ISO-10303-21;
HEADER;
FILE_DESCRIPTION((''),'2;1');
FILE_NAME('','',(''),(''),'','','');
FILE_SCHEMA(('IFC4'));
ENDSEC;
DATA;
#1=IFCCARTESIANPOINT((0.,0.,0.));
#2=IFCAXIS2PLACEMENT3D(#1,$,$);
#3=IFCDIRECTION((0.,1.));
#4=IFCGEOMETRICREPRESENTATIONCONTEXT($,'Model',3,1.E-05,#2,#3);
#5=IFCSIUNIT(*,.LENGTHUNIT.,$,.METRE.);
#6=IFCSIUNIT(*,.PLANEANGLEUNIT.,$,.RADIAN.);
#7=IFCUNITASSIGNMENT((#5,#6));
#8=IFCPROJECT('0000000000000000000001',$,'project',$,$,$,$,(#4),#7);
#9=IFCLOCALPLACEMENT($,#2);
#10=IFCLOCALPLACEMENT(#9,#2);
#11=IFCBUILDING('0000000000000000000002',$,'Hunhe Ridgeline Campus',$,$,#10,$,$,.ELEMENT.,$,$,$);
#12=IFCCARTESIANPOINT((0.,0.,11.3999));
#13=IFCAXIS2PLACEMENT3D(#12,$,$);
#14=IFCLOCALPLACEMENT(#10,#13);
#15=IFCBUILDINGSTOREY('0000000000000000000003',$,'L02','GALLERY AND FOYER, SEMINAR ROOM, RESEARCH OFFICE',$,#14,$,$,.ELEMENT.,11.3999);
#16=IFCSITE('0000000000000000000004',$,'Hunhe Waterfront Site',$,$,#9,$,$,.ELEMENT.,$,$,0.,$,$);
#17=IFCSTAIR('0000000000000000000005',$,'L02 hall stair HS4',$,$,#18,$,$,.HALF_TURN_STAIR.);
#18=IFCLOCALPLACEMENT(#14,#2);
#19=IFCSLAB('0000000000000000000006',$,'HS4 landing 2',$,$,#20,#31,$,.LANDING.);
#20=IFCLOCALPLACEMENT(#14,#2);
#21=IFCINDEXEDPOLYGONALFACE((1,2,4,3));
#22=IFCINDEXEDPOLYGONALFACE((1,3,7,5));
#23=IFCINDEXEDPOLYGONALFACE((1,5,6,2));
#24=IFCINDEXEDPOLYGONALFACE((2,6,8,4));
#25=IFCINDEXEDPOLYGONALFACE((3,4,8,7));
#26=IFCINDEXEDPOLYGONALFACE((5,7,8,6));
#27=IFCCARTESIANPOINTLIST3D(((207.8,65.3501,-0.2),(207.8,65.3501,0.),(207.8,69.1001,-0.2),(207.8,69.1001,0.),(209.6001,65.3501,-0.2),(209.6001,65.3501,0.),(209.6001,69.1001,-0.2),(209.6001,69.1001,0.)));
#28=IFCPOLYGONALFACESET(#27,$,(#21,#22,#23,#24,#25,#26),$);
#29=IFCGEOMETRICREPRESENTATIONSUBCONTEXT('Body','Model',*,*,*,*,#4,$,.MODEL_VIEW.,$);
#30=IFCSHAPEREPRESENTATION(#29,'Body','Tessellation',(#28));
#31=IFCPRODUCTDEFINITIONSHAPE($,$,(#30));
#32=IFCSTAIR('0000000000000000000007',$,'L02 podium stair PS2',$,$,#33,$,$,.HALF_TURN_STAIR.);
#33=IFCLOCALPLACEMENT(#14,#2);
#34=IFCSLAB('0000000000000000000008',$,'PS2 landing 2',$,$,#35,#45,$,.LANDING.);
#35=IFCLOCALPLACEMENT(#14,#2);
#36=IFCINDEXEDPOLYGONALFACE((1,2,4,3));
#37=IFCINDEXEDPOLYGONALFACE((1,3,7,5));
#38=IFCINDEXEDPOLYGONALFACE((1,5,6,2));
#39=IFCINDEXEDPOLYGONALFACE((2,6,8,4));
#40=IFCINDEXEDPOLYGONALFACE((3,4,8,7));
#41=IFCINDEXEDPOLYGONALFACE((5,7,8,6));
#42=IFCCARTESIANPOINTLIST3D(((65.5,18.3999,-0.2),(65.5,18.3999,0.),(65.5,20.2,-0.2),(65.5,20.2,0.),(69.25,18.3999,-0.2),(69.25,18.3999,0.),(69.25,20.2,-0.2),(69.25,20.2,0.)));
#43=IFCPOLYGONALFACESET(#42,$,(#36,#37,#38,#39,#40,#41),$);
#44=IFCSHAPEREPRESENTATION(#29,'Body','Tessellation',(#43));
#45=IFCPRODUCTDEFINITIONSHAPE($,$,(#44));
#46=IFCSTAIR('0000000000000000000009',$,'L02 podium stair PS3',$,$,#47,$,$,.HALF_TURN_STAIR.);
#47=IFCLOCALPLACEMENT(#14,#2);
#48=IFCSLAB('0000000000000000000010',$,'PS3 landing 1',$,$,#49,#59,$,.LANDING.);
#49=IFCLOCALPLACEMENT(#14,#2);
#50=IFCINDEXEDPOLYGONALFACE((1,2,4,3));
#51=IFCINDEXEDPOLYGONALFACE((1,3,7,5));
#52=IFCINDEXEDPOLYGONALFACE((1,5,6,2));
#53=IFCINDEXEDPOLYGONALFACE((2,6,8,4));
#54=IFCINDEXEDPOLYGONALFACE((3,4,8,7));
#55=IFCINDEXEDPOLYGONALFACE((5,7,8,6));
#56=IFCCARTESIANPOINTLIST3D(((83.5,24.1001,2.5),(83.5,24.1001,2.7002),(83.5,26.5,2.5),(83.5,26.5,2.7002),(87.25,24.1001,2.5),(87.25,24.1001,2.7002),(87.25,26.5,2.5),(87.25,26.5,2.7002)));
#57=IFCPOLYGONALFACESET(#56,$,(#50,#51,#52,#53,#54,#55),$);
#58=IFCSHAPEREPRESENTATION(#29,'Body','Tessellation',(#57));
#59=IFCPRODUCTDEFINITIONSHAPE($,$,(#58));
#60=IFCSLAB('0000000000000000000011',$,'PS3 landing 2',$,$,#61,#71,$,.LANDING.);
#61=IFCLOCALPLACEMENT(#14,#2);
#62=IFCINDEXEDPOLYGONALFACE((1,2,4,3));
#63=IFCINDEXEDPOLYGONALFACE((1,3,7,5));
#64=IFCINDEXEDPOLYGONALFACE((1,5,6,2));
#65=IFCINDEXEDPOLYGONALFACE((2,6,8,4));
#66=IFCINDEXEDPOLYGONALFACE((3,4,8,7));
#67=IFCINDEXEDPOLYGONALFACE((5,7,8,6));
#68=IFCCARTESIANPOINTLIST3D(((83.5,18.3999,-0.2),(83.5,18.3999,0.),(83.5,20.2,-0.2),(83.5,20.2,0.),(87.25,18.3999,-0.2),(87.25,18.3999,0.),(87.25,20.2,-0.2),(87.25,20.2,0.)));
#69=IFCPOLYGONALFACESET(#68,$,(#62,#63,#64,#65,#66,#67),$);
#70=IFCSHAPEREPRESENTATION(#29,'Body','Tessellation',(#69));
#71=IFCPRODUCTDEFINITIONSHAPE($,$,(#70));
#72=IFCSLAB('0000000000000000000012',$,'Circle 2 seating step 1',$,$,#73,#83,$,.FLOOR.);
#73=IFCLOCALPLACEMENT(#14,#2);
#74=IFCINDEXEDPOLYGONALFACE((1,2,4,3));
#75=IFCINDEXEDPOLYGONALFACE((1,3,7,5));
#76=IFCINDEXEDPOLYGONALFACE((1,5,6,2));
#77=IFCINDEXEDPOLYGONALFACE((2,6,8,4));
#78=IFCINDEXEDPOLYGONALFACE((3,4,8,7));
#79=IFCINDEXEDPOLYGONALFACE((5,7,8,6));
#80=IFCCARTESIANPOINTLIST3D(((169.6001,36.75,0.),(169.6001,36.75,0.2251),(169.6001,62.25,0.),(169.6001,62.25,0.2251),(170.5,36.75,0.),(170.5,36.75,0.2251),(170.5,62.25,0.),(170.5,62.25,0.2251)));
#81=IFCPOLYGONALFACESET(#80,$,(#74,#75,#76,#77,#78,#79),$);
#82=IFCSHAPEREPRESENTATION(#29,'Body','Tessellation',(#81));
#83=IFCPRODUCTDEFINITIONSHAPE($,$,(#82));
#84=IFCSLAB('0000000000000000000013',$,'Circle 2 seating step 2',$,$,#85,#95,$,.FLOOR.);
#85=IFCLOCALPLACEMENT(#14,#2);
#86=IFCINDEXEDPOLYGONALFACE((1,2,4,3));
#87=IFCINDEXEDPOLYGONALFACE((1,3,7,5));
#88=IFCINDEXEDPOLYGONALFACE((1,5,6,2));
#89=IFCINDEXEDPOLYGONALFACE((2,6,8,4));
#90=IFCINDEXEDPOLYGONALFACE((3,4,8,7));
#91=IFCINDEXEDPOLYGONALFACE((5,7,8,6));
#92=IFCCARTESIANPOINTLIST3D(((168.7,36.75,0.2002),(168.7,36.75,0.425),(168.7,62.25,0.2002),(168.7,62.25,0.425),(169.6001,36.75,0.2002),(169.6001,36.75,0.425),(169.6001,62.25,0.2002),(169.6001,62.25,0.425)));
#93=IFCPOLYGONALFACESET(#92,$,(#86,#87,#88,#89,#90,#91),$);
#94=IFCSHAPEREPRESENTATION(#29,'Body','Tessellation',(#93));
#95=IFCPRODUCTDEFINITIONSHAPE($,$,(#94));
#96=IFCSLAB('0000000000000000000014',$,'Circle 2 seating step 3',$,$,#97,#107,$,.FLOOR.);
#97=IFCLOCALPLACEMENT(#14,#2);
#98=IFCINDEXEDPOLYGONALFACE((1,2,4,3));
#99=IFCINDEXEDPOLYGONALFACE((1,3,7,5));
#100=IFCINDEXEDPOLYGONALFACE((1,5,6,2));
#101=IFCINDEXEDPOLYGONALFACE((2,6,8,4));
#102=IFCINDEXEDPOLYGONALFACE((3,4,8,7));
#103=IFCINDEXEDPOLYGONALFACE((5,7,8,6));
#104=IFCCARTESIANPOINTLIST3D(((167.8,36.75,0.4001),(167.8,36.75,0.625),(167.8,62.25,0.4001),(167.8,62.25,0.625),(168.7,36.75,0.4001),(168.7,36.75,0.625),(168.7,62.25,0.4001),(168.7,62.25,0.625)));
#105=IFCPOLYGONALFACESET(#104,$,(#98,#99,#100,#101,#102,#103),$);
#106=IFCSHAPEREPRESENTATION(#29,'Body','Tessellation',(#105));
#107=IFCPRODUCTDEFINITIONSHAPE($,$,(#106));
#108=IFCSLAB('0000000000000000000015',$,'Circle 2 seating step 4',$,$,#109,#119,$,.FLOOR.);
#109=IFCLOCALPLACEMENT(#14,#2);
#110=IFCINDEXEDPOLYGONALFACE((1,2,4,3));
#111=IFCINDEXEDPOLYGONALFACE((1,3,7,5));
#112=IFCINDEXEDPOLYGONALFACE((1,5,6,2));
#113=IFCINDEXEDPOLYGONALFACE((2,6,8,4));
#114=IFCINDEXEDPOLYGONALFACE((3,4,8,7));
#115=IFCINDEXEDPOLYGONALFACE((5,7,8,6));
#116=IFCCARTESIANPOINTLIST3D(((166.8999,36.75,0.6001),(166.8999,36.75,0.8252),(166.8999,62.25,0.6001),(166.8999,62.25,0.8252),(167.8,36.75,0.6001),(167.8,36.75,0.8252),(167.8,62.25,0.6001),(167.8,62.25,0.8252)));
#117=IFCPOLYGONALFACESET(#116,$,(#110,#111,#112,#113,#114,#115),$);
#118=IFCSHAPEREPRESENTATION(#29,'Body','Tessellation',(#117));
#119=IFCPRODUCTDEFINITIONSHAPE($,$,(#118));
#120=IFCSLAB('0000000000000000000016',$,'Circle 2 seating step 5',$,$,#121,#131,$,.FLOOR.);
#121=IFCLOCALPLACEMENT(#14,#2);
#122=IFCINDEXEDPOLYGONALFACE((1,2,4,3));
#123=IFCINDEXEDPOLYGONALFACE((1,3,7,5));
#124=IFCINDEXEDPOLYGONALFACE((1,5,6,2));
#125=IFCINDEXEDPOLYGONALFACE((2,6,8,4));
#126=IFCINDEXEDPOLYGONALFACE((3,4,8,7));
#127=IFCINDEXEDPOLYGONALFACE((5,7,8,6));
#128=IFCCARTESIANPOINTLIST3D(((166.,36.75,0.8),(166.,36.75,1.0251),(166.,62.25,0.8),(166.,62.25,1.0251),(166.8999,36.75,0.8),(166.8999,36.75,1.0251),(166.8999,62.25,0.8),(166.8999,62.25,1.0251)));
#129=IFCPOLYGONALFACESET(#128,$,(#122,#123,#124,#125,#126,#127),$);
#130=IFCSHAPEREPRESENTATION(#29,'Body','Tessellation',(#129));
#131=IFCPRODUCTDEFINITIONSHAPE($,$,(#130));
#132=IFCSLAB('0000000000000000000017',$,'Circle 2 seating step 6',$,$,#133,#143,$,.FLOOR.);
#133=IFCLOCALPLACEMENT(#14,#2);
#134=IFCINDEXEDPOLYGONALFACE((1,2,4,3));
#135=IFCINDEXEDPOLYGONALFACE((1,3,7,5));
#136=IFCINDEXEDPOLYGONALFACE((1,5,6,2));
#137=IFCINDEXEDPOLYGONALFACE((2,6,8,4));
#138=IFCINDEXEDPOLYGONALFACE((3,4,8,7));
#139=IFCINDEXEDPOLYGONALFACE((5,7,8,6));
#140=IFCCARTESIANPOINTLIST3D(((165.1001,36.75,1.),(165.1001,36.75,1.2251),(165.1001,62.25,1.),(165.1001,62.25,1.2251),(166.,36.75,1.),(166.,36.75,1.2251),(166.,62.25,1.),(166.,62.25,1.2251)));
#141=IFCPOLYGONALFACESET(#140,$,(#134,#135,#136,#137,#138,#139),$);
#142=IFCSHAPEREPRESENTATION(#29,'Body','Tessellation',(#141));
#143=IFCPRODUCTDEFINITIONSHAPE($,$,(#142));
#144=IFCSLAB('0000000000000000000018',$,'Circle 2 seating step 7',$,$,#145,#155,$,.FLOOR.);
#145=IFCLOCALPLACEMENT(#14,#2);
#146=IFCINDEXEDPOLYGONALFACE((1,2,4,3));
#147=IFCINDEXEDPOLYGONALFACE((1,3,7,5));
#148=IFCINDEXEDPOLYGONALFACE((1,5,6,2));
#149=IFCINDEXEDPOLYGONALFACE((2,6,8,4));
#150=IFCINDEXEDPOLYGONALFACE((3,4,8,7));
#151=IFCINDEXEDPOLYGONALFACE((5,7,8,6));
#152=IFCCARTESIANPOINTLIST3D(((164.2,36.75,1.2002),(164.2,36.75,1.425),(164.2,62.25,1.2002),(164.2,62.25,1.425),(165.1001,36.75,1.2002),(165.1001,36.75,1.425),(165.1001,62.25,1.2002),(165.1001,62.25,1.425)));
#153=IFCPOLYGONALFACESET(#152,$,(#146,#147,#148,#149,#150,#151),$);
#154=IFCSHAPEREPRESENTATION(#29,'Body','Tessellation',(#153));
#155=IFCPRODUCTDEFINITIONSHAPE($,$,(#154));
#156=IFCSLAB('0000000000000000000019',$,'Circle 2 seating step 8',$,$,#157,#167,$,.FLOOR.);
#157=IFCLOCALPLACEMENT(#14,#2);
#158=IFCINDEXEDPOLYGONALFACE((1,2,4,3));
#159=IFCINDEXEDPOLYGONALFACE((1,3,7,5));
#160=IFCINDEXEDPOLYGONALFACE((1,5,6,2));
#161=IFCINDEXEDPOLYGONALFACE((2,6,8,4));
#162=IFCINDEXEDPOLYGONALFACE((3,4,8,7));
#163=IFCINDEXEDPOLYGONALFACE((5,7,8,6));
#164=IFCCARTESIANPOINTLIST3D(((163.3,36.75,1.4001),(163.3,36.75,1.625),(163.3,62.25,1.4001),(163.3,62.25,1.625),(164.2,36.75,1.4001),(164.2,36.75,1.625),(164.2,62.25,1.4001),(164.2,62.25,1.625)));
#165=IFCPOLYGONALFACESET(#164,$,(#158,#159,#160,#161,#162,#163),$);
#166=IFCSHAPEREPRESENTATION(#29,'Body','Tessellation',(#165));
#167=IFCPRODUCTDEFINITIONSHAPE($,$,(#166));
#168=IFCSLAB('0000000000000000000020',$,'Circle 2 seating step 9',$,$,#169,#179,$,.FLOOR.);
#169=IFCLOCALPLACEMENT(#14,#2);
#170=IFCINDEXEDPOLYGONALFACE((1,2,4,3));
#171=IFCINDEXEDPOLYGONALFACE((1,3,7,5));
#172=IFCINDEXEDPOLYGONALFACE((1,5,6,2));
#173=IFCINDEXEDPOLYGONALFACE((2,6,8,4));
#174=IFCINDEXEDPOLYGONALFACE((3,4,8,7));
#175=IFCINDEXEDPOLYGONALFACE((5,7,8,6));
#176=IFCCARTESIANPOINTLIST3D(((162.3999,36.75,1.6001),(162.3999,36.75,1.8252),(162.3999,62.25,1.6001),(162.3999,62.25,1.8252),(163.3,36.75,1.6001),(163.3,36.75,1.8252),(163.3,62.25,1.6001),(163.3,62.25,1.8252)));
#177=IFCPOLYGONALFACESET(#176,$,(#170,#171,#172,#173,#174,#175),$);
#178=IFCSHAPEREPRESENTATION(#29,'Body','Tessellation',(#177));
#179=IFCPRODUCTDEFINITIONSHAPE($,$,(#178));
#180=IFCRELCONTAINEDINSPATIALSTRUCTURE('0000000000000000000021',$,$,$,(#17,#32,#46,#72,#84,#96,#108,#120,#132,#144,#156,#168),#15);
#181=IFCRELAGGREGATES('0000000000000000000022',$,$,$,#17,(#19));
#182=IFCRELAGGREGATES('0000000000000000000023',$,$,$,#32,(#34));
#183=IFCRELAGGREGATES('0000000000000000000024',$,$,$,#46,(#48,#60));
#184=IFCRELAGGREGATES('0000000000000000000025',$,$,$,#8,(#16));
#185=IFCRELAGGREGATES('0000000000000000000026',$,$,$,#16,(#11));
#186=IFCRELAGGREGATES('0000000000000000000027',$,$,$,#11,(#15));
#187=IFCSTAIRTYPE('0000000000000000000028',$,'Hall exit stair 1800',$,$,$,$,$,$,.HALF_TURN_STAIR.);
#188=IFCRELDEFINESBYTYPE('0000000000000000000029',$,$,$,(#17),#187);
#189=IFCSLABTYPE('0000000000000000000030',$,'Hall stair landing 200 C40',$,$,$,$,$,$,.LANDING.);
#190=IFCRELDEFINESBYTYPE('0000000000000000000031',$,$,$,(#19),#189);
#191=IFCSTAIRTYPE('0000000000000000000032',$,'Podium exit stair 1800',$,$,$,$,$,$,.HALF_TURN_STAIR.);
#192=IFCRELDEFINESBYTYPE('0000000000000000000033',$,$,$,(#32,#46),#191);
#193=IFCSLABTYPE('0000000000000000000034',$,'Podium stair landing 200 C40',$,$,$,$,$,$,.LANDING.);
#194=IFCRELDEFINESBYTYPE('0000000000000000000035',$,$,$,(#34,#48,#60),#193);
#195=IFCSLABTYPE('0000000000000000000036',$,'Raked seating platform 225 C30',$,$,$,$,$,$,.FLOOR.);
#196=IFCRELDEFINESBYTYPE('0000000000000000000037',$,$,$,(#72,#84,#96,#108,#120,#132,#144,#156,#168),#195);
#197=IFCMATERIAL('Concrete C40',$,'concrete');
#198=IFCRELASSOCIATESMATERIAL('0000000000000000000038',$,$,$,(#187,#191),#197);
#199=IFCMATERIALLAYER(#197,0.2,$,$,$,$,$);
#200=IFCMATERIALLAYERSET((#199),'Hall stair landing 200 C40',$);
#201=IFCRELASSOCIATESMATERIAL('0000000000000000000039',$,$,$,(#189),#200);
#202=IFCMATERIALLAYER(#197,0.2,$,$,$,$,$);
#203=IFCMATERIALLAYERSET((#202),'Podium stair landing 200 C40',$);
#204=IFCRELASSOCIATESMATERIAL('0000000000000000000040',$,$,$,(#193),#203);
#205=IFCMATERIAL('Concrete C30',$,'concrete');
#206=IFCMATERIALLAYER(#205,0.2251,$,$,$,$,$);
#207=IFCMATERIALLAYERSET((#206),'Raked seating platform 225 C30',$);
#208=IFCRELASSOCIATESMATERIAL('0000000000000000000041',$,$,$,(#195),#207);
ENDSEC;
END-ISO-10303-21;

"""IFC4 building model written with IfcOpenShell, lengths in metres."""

from ifc_helpers import new_model, si_unit, direction, frame, origin, place, context, subcontext, project, spatial, polyline, outline, extrude, material, layer, layer_set, type_object, element, aggregate, save


model = new_model("IFC4")

# Units and contexts
model_context = context("Model", 3, precision=1e-05, world=origin(), true_north=direction((0.0, 1.0)))
body_context = subcontext(model_context, "Body", "Model", "MODEL_VIEW")
ifc_project = project(units=[si_unit("LENGTHUNIT", "METRE"), si_unit("PLANEANGLEUNIT", "RADIAN")], contexts=[model_context])

# Site, building, storey
site_placement = place(None, origin())
site = spatial("IfcSite", under=ifc_project, at=site_placement, Name="Hunhe Waterfront Site", CompositionType="ELEMENT", RefElevation=0.0)
building_placement = place(site_placement, origin())
building = spatial("IfcBuilding", under=site, at=building_placement, Name="Hunhe Ridgeline Campus", CompositionType="ELEMENT")
storey_placement = place(building_placement, frame((0.0, 0.0, 11.3999)))
storey = spatial("IfcBuildingStorey", under=building, at=storey_placement, Name="L02", Description="GALLERY AND FOYER, SEMINAR ROOM, RESEARCH OFFICE", CompositionType="ELEMENT", Elevation=11.3999)

# Shared definitions
ifc_material_1 = material(Name="Concrete C40", Category="concrete")

# Stair, slab
stair_type_1 = type_object("IfcStairType", Name="Hall exit stair 1800", PredefinedType="HALF_TURN_STAIR", material=ifc_material_1)
ifc_layer_1 = layer(ifc_material_1, 0.2)
ifc_layer_set_1 = layer_set([ifc_layer_1], Name="Hall stair landing 200 C40")
slab_type_1 = type_object("IfcSlabType", Name="Hall stair landing 200 C40", PredefinedType="LANDING", material=ifc_layer_set_1)
stair_1_placement = place(storey_placement, origin())
stair_1 = element("IfcStair", 1, at=stair_1_placement, inside=storey, type_object=stair_type_1, Name="L02 hall stair HS4", PredefinedType="HALF_TURN_STAIR")
slab_1_placement = place(storey_placement, frame((0.0, 0.0, -0.2)))
slab_1 = element("IfcSlab", 2, at=slab_1_placement, type_object=slab_type_1, Name="HS4 landing 2", PredefinedType="LANDING", context=body_context, shape_type="SweptSolid", body=[
    extrude(outline(polyline([(209.6001, 69.1001), (207.8, 69.1001), (207.8, 65.3501), (209.6001, 65.3501), (209.6001, 69.1001)])), origin(), (0.0, 0.0, 1.0), 0.2),
])
aggregate(stair_1, [slab_1])

# Stair, slab
stair_type_2 = type_object("IfcStairType", Name="Podium exit stair 1800", PredefinedType="HALF_TURN_STAIR", material=ifc_material_1)
stair_2_placement = place(storey_placement, origin())
stair_2 = element("IfcStair", 3, at=stair_2_placement, inside=storey, type_object=stair_type_2, Name="L02 podium stair PS2", PredefinedType="HALF_TURN_STAIR")
ifc_layer_2 = layer(ifc_material_1, 0.2)
ifc_layer_set_2 = layer_set([ifc_layer_2], Name="Podium stair landing 200 C40")
slab_type_2 = type_object("IfcSlabType", Name="Podium stair landing 200 C40", PredefinedType="LANDING", material=ifc_layer_set_2)
slab_2_placement = place(storey_placement, frame((0.0, 0.0, -0.2)))
slab_2 = element("IfcSlab", 4, at=slab_2_placement, type_object=slab_type_2, Name="PS2 landing 2", PredefinedType="LANDING", context=body_context, shape_type="SweptSolid", body=[
    extrude(outline(polyline([(65.5, 18.3999), (69.25, 18.3999), (69.25, 20.2), (65.5, 20.2), (65.5, 18.3999)])), origin(), (0.0, 0.0, 1.0), 0.2),
])
aggregate(stair_2, [slab_2])

# Stair, slabs
stair_3_placement = place(storey_placement, origin())
stair_3 = element("IfcStair", 5, at=stair_3_placement, inside=storey, type_object=stair_type_2, Name="L02 podium stair PS3", PredefinedType="HALF_TURN_STAIR")
slab_3_placement = place(storey_placement, frame((0.0, 0.0, 2.5)))
slab_3 = element("IfcSlab", 6, at=slab_3_placement, type_object=slab_type_2, Name="PS3 landing 1", PredefinedType="LANDING", context=body_context, shape_type="SweptSolid", body=[
    extrude(outline(polyline([(87.25, 24.1001), (87.25, 26.5), (83.5, 26.5), (83.5, 24.1001), (87.25, 24.1001)])), origin(), (0.0, 0.0, 1.0), 0.2002),
])
slab_4_placement = place(storey_placement, frame((0.0, 0.0, -0.2)))
slab_4 = element("IfcSlab", 7, at=slab_4_placement, type_object=slab_type_2, Name="PS3 landing 2", PredefinedType="LANDING", context=body_context, shape_type="SweptSolid", body=[
    extrude(outline(polyline([(83.5, 18.3999), (87.25, 18.3999), (87.25, 20.2), (83.5, 20.2), (83.5, 18.3999)])), origin(), (0.0, 0.0, 1.0), 0.2),
])
aggregate(stair_3, [slab_3, slab_4])

# Slabs
ifc_material_2 = material(Name="Concrete C30", Category="concrete")
ifc_layer_3 = layer(ifc_material_2, 0.2251)
ifc_layer_set_3 = layer_set([ifc_layer_3], Name="Raked seating platform 225 C30")
slab_type_3 = type_object("IfcSlabType", Name="Raked seating platform 225 C30", PredefinedType="FLOOR", material=ifc_layer_set_3)
slab_5_placement = place(storey_placement, origin())
element("IfcSlab", 8, at=slab_5_placement, inside=storey, type_object=slab_type_3, Name="Circle 2 seating step 1", PredefinedType="FLOOR", context=body_context, shape_type="SweptSolid", body=[
    extrude(outline(polyline([(170.5, 36.75), (170.5, 62.25), (169.6001, 62.25), (169.6001, 36.75), (170.5, 36.75)])), origin(), (0.0, 0.0, 1.0), 0.2251),
])
slab_6_placement = place(storey_placement, frame((0.0, 0.0, 0.2002)))
element("IfcSlab", 9, at=slab_6_placement, inside=storey, type_object=slab_type_3, Name="Circle 2 seating step 2", PredefinedType="FLOOR", context=body_context, shape_type="SweptSolid", body=[
    extrude(outline(polyline([(169.6001, 36.75), (169.6001, 62.25), (168.7, 62.25), (168.7, 36.75), (169.6001, 36.75)])), origin(), (0.0, 0.0, 1.0), 0.2249),
])
slab_7_placement = place(storey_placement, frame((0.0, 0.0, 0.4001)))
element("IfcSlab", 10, at=slab_7_placement, inside=storey, type_object=slab_type_3, Name="Circle 2 seating step 3", PredefinedType="FLOOR", context=body_context, shape_type="SweptSolid", body=[
    extrude(outline(polyline([(168.7, 36.75), (168.7, 62.25), (167.8, 62.25), (167.8, 36.75), (168.7, 36.75)])), origin(), (0.0, 0.0, 1.0), 0.2249),
])
slab_8_placement = place(storey_placement, frame((0.0, 0.0, 0.6001)))
element("IfcSlab", 11, at=slab_8_placement, inside=storey, type_object=slab_type_3, Name="Circle 2 seating step 4", PredefinedType="FLOOR", context=body_context, shape_type="SweptSolid", body=[
    extrude(outline(polyline([(167.8, 36.75), (167.8, 62.25), (166.8999, 62.25), (166.8999, 36.75), (167.8, 36.75)])), origin(), (0.0, 0.0, 1.0), 0.2251),
])
slab_9_placement = place(storey_placement, frame((0.0, 0.0, 0.8)))
element("IfcSlab", 12, at=slab_9_placement, inside=storey, type_object=slab_type_3, Name="Circle 2 seating step 5", PredefinedType="FLOOR", context=body_context, shape_type="SweptSolid", body=[
    extrude(outline(polyline([(166.8999, 36.75), (166.8999, 62.25), (166.0, 62.25), (166.0, 36.75), (166.8999, 36.75)])), origin(), (0.0, 0.0, 1.0), 0.2251),
])
slab_10_placement = place(storey_placement, frame((0.0, 0.0, 1.0)))
element("IfcSlab", 13, at=slab_10_placement, inside=storey, type_object=slab_type_3, Name="Circle 2 seating step 6", PredefinedType="FLOOR", context=body_context, shape_type="SweptSolid", body=[
    extrude(outline(polyline([(166.0, 36.75), (166.0, 62.25), (165.1001, 62.25), (165.1001, 36.75), (166.0, 36.75)])), origin(), (0.0, 0.0, 1.0), 0.2251),
])
slab_11_placement = place(storey_placement, frame((0.0, 0.0, 1.2002)))
element("IfcSlab", 14, at=slab_11_placement, inside=storey, type_object=slab_type_3, Name="Circle 2 seating step 7", PredefinedType="FLOOR", context=body_context, shape_type="SweptSolid", body=[
    extrude(outline(polyline([(165.1001, 36.75), (165.1001, 62.25), (164.2, 62.25), (164.2, 36.75), (165.1001, 36.75)])), origin(), (0.0, 0.0, 1.0), 0.2249),
])
slab_12_placement = place(storey_placement, frame((0.0, 0.0, 1.4001)))
element("IfcSlab", 15, at=slab_12_placement, inside=storey, type_object=slab_type_3, Name="Circle 2 seating step 8", PredefinedType="FLOOR", context=body_context, shape_type="SweptSolid", body=[
    extrude(outline(polyline([(164.2, 36.75), (164.2, 62.25), (163.3, 62.25), (163.3, 36.75), (164.2, 36.75)])), origin(), (0.0, 0.0, 1.0), 0.2249),
])
slab_13_placement = place(storey_placement, frame((0.0, 0.0, 1.6001)))
element("IfcSlab", 16, at=slab_13_placement, inside=storey, type_object=slab_type_3, Name="Circle 2 seating step 9", PredefinedType="FLOOR", context=body_context, shape_type="SweptSolid", body=[
    extrude(outline(polyline([(163.3, 36.75), (163.3, 62.25), (162.3999, 62.25), (162.3999, 36.75), (163.3, 36.75)])), origin(), (0.0, 0.0, 1.0), 0.2251),
])

save(model, "model.ifc")
